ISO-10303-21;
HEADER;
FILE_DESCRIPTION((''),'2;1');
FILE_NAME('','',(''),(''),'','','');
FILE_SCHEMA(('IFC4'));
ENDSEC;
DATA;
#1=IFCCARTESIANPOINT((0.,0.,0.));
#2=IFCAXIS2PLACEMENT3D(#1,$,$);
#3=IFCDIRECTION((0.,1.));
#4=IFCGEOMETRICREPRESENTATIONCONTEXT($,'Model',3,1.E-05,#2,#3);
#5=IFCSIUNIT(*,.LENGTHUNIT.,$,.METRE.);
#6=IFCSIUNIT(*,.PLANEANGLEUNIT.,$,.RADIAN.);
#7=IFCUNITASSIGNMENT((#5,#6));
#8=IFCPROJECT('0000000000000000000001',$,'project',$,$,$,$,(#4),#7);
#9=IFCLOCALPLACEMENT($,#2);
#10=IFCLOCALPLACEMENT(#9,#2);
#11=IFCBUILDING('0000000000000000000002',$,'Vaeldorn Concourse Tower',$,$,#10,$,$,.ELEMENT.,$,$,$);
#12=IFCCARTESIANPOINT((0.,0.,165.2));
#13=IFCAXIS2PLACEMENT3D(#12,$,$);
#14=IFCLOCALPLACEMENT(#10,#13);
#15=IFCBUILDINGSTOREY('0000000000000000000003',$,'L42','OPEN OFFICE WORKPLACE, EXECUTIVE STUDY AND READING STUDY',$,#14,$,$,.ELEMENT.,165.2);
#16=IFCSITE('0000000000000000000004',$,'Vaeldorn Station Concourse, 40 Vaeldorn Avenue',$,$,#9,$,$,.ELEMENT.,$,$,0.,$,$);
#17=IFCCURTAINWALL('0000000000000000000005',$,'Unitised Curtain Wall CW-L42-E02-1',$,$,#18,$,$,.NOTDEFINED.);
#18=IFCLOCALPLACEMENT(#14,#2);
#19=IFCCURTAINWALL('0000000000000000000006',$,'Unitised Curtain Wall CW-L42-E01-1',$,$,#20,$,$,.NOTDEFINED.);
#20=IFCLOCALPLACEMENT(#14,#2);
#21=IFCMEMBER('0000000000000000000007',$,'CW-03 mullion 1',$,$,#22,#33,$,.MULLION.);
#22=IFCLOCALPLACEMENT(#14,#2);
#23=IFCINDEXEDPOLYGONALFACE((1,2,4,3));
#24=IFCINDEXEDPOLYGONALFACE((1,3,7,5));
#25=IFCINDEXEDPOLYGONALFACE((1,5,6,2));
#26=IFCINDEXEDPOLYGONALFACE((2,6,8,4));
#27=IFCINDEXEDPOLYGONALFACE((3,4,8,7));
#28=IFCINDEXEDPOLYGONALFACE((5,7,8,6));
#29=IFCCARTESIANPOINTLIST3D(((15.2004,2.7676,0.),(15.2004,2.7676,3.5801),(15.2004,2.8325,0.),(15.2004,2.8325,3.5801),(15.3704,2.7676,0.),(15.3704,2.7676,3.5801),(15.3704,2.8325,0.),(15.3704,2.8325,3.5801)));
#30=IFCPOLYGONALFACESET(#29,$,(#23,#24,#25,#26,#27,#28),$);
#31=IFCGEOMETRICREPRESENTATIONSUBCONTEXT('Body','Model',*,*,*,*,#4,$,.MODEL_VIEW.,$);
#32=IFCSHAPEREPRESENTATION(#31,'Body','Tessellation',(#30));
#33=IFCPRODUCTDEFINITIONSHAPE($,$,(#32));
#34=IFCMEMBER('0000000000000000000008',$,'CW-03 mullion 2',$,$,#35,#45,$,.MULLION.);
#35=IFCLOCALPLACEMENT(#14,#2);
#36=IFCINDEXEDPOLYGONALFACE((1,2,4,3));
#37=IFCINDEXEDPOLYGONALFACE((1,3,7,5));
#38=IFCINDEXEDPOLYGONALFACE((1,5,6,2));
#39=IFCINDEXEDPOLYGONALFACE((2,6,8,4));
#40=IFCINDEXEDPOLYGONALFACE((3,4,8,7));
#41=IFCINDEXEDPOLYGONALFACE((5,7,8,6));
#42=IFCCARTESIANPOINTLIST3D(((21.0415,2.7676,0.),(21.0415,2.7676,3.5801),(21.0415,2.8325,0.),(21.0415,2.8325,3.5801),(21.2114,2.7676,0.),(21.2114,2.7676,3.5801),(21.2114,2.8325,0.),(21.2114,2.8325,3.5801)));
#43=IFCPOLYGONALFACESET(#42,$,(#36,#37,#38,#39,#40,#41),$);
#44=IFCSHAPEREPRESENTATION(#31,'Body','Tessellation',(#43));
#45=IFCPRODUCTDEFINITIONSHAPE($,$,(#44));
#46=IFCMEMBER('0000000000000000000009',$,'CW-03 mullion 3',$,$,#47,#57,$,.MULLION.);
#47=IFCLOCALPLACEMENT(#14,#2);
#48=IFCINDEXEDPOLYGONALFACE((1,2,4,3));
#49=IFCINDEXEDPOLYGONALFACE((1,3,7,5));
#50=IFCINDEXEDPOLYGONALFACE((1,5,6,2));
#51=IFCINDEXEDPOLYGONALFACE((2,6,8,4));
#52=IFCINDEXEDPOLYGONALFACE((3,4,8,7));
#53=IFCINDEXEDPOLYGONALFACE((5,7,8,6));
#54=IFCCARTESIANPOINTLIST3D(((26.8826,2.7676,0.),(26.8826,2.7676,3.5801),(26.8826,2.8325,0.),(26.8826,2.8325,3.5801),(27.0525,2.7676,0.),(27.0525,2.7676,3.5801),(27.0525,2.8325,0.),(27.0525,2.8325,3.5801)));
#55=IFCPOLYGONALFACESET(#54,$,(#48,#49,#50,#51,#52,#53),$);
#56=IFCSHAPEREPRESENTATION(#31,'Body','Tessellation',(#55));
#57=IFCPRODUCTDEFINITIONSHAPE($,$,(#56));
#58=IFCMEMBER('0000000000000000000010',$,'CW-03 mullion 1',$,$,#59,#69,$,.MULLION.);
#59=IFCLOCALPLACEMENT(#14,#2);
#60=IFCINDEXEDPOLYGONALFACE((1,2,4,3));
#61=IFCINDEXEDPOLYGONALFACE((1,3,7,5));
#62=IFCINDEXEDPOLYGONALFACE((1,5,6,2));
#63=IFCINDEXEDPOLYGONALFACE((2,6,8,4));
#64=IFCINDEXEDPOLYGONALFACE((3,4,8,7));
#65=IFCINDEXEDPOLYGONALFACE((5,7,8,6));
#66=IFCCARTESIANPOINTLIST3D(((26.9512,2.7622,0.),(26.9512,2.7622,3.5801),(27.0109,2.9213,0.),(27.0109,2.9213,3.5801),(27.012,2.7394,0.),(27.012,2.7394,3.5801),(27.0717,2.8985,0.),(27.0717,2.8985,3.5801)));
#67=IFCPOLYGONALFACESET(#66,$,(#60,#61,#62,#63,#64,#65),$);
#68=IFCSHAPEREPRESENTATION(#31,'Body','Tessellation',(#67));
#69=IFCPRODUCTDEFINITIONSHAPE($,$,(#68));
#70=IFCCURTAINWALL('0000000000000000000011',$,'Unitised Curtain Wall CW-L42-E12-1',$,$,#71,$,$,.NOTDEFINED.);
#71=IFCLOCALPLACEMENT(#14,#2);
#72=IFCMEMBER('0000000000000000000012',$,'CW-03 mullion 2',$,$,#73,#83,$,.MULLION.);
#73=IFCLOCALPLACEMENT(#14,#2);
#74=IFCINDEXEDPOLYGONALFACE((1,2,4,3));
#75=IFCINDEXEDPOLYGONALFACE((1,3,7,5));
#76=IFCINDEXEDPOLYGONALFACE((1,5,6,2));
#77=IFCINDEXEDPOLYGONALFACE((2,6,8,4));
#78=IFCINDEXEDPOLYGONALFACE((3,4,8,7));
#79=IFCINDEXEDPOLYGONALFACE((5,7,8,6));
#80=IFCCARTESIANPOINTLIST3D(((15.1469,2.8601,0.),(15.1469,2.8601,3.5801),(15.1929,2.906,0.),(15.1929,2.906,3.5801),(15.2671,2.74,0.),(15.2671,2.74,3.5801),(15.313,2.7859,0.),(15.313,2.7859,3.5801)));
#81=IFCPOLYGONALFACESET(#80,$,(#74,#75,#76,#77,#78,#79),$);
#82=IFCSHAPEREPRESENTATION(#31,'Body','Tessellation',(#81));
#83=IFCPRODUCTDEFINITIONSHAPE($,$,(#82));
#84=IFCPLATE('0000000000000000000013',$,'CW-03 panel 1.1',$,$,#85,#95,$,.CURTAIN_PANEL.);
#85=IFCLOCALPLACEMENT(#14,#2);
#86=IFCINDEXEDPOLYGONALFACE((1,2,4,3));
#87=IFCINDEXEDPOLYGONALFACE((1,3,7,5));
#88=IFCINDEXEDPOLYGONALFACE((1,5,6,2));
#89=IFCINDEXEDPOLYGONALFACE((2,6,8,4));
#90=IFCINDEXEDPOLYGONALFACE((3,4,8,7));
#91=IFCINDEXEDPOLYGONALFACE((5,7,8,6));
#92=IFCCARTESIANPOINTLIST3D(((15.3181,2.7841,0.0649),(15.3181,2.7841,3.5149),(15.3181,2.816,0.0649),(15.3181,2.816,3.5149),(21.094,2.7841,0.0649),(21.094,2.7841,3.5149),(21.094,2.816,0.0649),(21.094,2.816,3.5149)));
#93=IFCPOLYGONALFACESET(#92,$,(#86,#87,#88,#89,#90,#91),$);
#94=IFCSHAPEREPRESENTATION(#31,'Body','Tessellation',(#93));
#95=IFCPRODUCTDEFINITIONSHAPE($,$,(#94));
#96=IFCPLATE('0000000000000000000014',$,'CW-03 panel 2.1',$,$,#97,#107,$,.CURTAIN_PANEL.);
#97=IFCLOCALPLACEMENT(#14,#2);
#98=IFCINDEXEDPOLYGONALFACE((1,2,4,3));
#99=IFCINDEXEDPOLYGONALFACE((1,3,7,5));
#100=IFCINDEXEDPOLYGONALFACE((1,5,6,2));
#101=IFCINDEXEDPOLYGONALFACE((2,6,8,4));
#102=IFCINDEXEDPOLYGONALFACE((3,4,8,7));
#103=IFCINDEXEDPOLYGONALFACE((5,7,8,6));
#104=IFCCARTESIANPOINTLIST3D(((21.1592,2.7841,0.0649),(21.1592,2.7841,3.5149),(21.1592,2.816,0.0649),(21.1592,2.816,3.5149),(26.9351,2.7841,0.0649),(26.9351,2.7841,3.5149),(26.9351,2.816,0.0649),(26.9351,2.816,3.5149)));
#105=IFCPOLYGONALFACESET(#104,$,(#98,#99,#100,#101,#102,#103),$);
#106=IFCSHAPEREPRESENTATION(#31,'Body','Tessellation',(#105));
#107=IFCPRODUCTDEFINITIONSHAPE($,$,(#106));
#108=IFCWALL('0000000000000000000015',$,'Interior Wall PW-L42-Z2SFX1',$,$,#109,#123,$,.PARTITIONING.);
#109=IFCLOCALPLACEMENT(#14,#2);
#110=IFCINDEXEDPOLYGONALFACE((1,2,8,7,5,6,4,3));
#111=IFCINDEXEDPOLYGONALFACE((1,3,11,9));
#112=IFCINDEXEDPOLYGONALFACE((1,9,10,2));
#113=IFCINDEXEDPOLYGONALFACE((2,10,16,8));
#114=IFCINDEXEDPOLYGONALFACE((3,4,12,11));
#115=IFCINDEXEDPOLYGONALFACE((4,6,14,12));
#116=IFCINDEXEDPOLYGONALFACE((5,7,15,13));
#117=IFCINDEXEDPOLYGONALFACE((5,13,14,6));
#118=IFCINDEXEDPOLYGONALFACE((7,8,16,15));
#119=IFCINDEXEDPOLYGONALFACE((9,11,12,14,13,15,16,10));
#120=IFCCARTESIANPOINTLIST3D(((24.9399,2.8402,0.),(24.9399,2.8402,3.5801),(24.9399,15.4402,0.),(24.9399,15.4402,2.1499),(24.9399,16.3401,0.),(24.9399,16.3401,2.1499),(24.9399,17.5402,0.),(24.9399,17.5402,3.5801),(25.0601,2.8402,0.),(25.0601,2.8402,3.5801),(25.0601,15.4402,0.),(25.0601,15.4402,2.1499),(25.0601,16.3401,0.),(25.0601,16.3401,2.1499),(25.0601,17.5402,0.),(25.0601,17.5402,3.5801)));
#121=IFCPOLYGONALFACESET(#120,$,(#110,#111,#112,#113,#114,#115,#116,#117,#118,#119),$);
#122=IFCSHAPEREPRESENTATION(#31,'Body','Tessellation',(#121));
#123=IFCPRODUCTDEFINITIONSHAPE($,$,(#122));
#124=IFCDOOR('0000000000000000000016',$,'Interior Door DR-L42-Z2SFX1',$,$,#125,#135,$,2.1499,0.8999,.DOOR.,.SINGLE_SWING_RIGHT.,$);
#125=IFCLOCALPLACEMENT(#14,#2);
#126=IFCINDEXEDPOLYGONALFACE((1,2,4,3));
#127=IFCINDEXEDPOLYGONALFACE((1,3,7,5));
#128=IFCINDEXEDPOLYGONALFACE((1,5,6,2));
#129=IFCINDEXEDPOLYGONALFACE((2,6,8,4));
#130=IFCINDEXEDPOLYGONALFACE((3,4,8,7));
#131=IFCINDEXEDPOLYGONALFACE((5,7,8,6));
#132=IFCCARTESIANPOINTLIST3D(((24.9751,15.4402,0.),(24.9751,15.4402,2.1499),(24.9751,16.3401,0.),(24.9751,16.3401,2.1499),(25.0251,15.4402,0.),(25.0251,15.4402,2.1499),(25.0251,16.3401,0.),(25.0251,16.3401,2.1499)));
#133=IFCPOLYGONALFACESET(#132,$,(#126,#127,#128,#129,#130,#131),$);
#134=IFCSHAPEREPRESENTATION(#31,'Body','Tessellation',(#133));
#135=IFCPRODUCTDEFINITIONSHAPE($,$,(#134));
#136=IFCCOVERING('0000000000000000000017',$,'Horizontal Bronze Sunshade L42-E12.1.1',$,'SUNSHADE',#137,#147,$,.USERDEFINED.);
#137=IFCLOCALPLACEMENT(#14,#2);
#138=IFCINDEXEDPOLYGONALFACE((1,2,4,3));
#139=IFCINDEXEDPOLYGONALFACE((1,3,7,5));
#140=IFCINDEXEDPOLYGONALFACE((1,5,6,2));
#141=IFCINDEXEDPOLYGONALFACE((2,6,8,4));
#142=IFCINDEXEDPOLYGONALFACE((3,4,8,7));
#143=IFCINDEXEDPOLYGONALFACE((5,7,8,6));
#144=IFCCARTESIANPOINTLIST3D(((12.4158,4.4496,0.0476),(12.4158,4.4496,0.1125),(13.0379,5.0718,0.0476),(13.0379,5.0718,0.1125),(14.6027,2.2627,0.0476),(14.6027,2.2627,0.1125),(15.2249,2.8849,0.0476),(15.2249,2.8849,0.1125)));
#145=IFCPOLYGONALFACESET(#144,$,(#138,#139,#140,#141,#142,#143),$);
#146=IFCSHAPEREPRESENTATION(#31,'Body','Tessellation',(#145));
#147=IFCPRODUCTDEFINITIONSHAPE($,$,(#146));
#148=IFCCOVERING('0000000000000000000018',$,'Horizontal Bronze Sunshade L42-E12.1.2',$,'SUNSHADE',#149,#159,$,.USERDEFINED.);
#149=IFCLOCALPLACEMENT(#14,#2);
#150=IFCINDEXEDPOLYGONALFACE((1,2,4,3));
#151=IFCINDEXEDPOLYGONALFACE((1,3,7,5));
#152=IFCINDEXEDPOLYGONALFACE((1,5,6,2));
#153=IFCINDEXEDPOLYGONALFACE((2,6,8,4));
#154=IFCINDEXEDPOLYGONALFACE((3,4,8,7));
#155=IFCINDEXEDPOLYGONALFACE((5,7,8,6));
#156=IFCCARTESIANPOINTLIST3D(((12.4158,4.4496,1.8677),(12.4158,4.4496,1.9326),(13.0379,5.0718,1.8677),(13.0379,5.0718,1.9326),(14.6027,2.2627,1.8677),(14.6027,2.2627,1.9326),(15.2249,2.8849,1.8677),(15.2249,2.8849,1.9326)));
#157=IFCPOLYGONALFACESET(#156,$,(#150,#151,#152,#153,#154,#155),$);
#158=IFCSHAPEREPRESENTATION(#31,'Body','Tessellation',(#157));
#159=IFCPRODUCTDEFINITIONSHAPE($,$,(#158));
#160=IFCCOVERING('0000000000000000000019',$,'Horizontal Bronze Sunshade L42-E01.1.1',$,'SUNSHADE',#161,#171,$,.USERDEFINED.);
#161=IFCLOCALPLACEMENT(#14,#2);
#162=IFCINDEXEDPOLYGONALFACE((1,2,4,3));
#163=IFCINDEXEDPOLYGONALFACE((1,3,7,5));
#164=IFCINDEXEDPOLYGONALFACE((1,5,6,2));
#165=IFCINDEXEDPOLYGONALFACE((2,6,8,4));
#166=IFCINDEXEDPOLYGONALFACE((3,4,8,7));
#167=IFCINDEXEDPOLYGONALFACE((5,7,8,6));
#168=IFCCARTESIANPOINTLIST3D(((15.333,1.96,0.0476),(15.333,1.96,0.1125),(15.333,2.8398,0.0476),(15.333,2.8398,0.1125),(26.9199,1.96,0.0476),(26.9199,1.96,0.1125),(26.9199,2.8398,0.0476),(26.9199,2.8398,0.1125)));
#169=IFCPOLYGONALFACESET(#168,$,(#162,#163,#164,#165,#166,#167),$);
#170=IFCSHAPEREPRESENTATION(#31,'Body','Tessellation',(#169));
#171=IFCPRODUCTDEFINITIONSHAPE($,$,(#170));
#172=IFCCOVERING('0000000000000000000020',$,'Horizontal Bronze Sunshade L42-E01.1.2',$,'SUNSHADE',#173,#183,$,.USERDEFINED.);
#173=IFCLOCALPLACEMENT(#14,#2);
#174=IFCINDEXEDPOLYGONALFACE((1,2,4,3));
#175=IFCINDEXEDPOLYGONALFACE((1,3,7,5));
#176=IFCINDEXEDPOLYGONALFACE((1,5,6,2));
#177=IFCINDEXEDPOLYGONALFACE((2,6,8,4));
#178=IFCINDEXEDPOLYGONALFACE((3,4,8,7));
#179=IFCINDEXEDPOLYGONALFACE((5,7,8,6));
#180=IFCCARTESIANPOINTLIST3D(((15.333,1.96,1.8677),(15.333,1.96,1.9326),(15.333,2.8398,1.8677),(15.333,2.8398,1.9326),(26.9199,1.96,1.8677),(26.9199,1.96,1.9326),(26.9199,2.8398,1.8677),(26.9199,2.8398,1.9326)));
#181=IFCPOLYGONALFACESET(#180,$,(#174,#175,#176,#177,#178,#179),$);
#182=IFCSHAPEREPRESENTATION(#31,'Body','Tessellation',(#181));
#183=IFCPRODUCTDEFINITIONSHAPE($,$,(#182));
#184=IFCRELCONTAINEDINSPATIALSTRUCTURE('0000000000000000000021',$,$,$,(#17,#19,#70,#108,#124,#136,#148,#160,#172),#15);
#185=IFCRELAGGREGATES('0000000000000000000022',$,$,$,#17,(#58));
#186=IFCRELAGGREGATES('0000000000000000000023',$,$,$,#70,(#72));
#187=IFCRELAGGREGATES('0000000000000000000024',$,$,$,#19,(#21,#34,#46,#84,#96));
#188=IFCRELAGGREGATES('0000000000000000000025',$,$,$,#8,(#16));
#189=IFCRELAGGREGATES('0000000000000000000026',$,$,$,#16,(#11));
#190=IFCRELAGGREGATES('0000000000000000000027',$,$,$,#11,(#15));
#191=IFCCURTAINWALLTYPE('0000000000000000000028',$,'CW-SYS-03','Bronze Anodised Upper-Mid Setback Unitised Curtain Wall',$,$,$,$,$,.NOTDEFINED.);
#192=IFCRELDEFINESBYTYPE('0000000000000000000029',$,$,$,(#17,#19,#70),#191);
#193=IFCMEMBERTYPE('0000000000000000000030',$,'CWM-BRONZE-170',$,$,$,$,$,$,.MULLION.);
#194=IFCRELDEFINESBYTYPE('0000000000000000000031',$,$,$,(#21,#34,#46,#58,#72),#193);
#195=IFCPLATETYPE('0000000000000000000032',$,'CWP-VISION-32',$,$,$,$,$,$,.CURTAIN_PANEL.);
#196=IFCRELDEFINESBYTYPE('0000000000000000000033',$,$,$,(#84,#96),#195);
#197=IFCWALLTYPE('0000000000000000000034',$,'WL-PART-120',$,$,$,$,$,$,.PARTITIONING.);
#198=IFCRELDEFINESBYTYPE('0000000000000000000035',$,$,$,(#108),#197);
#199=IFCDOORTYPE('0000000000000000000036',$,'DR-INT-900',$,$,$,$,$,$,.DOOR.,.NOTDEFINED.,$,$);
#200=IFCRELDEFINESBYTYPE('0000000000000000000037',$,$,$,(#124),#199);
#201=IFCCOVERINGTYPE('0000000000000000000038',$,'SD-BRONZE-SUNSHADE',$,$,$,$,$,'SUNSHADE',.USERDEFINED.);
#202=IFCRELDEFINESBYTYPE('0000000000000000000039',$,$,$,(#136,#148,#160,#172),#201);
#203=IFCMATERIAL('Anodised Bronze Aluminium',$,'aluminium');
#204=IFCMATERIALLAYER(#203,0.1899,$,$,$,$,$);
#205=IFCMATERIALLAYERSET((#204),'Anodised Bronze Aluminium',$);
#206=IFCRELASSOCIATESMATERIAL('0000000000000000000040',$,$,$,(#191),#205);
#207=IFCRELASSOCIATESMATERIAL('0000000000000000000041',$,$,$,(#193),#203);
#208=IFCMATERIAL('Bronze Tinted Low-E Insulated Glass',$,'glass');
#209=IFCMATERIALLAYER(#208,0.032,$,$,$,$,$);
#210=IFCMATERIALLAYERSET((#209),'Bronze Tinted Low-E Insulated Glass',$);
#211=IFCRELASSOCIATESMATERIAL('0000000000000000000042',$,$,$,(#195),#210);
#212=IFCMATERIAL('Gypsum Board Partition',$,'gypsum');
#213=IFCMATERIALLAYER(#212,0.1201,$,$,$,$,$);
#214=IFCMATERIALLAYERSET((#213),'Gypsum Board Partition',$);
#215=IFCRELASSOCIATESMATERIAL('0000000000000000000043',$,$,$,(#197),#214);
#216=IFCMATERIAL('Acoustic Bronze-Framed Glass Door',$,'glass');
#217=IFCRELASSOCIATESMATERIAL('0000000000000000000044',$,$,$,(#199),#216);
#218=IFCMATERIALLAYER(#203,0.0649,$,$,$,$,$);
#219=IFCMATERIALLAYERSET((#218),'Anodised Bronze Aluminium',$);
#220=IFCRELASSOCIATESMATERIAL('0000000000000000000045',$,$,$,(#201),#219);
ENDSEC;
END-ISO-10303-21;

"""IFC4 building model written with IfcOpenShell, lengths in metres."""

from ifc_helpers import new_model, si_unit, direction, frame, frame_2d, origin, origin_2d, place, context, subcontext, project, spatial, rectangle, extrude, source, transform, mapped, material, layer, layer_set, material_profile, profile_set, type_object, element, fill, aggregate, save


model = new_model("IFC4")

# Units and contexts
model_context = context("Model", 3, precision=1e-05, world=origin(), true_north=direction((0.0, 1.0)))
body_context = subcontext(model_context, "Body", "Model", "MODEL_VIEW")
ifc_project = project(units=[si_unit("LENGTHUNIT", "METRE"), si_unit("PLANEANGLEUNIT", "RADIAN")], contexts=[model_context])

# Site, building, storey
site_placement = place(None, origin())
site = spatial("IfcSite", under=ifc_project, at=site_placement, Name="Vaeldorn Station Concourse, 40 Vaeldorn Avenue", CompositionType="ELEMENT", RefElevation=0.0)
building_placement = place(site_placement, origin())
building = spatial("IfcBuilding", under=site, at=building_placement, Name="Vaeldorn Concourse Tower", CompositionType="ELEMENT")
storey_placement = place(building_placement, frame((0.0, 0.0, 165.2)))
storey = spatial("IfcBuildingStorey", under=building, at=storey_placement, Name="L42", Description="OPEN OFFICE WORKPLACE, EXECUTIVE STUDY AND READING STUDY", CompositionType="ELEMENT", Elevation=165.2)

# Curtain walls, members
ifc_material_1 = material(Name="Anodised Bronze Aluminium", Category="aluminium")
ifc_layer_1 = layer(ifc_material_1, 0.1899)
ifc_layer_set_1 = layer_set([ifc_layer_1], Name="Anodised Bronze Aluminium")
curtain_wall_type = type_object("IfcCurtainWallType", Name="CW-SYS-03", Description="Bronze Anodised Upper-Mid Setback Unitised Curtain Wall", PredefinedType="NOTDEFINED", material=ifc_layer_set_1)
curtain_wall_1_placement = place(storey_placement, origin())
curtain_wall_1 = element("IfcCurtainWall", 1, at=curtain_wall_1_placement, inside=storey, type_object=curtain_wall_type, Name="Unitised Curtain Wall CW-L42-E02-1", PredefinedType="NOTDEFINED")
curtain_wall_2_placement = place(storey_placement, origin())
curtain_wall_2 = element("IfcCurtainWall", 2, at=curtain_wall_2_placement, inside=storey, type_object=curtain_wall_type, Name="Unitised Curtain Wall CW-L42-E01-1", PredefinedType="NOTDEFINED")
ifc_material_profile_1 = material_profile(ifc_material_1, rectangle(XDim=0.0649, YDim=0.1699, at=origin_2d()), Name="CWM 65x170")
ifc_profile_set_1 = profile_set([ifc_material_profile_1], Name="Anodised Bronze Aluminium")
member_type_1 = type_object("IfcMemberType", Name="CWM-BRONZE-170", PredefinedType="MULLION", material=ifc_profile_set_1)
shared_shape_1 = source(origin(), body_context, "Body", "SweptSolid", [
    extrude(rectangle(XDim=0.0649, YDim=0.1699, at=origin_2d()), origin(), (0.0, 0.0, 1.0), 3.5801),
])
member_1_placement = place(storey_placement, frame((15.2854, 2.8, 0.0), z_axis=(0.0, 0.0, 1.0), x_axis=(0.0, 1.0, 0.0)))
member_1 = element("IfcMember", 3, at=member_1_placement, type_object=member_type_1, Name="CW-03 mullion 1", PredefinedType="MULLION", context=body_context, shape_type="MappedRepresentation", body=[
    mapped(shared_shape_1, transform((0.0, 0.0, 0.0), scale=1.0)),
])
member_2_placement = place(storey_placement, frame((21.1265, 2.8, 0.0), z_axis=(0.0, 0.0, 1.0), x_axis=(0.0, 1.0, 0.0)))
member_2 = element("IfcMember", 4, at=member_2_placement, type_object=member_type_1, Name="CW-03 mullion 2", PredefinedType="MULLION", context=body_context, shape_type="MappedRepresentation", body=[
    mapped(shared_shape_1, transform((0.0, 0.0, 0.0), scale=1.0)),
])
member_3_placement = place(storey_placement, frame((26.9675, 2.8, 0.0), z_axis=(0.0, 0.0, 1.0), x_axis=(0.0, 1.0, 0.0)))
member_3 = element("IfcMember", 5, at=member_3_placement, type_object=member_type_1, Name="CW-03 mullion 3", PredefinedType="MULLION", context=body_context, shape_type="MappedRepresentation", body=[
    mapped(shared_shape_1, transform((0.0, 0.0, 0.0), scale=1.0)),
])

# Member
member_4_placement = place(storey_placement, frame((27.0115, 2.8303, 0.0), z_axis=(0.0, 0.0, 1.0), x_axis=(-0.936329, 0.351123, 0.0)))
member_4 = element("IfcMember", 6, at=member_4_placement, type_object=member_type_1, Name="CW-03 mullion 1", PredefinedType="MULLION", context=body_context, shape_type="MappedRepresentation", body=[
    mapped(shared_shape_1, transform((0.0, 0.0, 0.0), scale=1.0)),
])
aggregate(curtain_wall_1, [member_4])

# Curtain wall, member
curtain_wall_3_placement = place(storey_placement, origin())
curtain_wall_3 = element("IfcCurtainWall", 7, at=curtain_wall_3_placement, inside=storey, type_object=curtain_wall_type, Name="Unitised Curtain Wall CW-L42-E12-1", PredefinedType="NOTDEFINED")
member_5_placement = place(storey_placement, frame((15.23, 2.823, 0.0), z_axis=(0.0, 0.0, 1.0), x_axis=(0.707107, 0.707107, 0.0)))
member_5 = element("IfcMember", 8, at=member_5_placement, type_object=member_type_1, Name="CW-03 mullion 2", PredefinedType="MULLION", context=body_context, shape_type="MappedRepresentation", body=[
    mapped(shared_shape_1, transform((0.0, 0.0, 0.0), scale=1.0)),
])
aggregate(curtain_wall_3, [member_5])

# Plates
ifc_material_2 = material(Name="Bronze Tinted Low-E Insulated Glass", Category="glass")
ifc_layer_2 = layer(ifc_material_2, 0.032)
ifc_layer_set_2 = layer_set([ifc_layer_2], Name="Bronze Tinted Low-E Insulated Glass")
plate_type = type_object("IfcPlateType", Name="CWP-VISION-32", PredefinedType="CURTAIN_PANEL", material=ifc_layer_set_2)
shared_shape_2 = source(origin(), body_context, "Body", "SweptSolid", [
    extrude(rectangle(XDim=5.7759, YDim=0.032, at=origin_2d()), origin(), (0.0, 0.0, 1.0), 3.45),
])
plate_1_placement = place(storey_placement, frame((18.2061, 2.8, 0.0649), z_axis=(0.0, 0.0, 1.0), x_axis=(1.0, 0.0, 0.0)))
plate_1 = element("IfcPlate", 9, at=plate_1_placement, type_object=plate_type, Name="CW-03 panel 1.1", PredefinedType="CURTAIN_PANEL", context=body_context, shape_type="MappedRepresentation", body=[
    mapped(shared_shape_2, transform((0.0, 0.0, 0.0), scale=1.0)),
])
plate_2_placement = place(storey_placement, frame((24.0471, 2.8, 0.0649), z_axis=(0.0, 0.0, 1.0), x_axis=(1.0, 0.0, 0.0)))
plate_2 = element("IfcPlate", 10, at=plate_2_placement, type_object=plate_type, Name="CW-03 panel 2.1", PredefinedType="CURTAIN_PANEL", context=body_context, shape_type="MappedRepresentation", body=[
    mapped(shared_shape_2, transform((0.0, 0.0, 0.0), scale=1.0)),
])
aggregate(curtain_wall_2, [member_1, member_2, member_3, plate_1, plate_2])

# Wall, opening, door
ifc_material_3 = material(Name="Gypsum Board Partition", Category="gypsum")
ifc_layer_3 = layer(ifc_material_3, 0.1201)
ifc_layer_set_3 = layer_set([ifc_layer_3], Name="Gypsum Board Partition")
wall_type = type_object("IfcWallType", Name="WL-PART-120", PredefinedType="PARTITIONING", material=ifc_layer_set_3)
wall_placement = place(storey_placement, frame((25.0, 2.8401, 0.0), z_axis=(0.0, 0.0, 1.0), x_axis=(0.0, 1.0, 0.0)))
wall = element("IfcWall", 11, at=wall_placement, inside=storey, type_object=wall_type, Name="Interior Wall PW-L42-Z2SFX1", PredefinedType="PARTITIONING", context=body_context, shape_type="SweptSolid", body=[
    extrude(rectangle(XDim=14.7, YDim=0.1201, at=frame_2d((7.3501, 0.0))), origin(), (0.0, 0.0, 1.0), 3.5801),
])
opening_placement = place(wall_placement, frame((12.6001, 0.0, 0.0)))
opening = element("IfcOpeningElement", 12, at=opening_placement, cuts=wall, PredefinedType="OPENING", context=body_context, shape_type="SweptSolid", body=[
    extrude(rectangle(XDim=0.8999, YDim=2.1499, at=frame_2d((0.45, 1.075))), frame((0.0, 0.0701, 0.0), z_axis=(0.0, -1.0, 0.0), x_axis=(1.0, 0.0, 0.0)), (0.0, 0.0, 1.0), 0.1401),
])
ifc_material_4 = material(Name="Acoustic Bronze-Framed Glass Door", Category="glass")
door_type = type_object("IfcDoorType", Name="DR-INT-900", OperationType="NOTDEFINED", PredefinedType="DOOR", material=ifc_material_4)
shared_shape_3 = source(origin(), body_context, "Body", "SweptSolid", [
    extrude(rectangle(XDim=0.8999, YDim=2.1499, at=frame_2d((0.45, 1.075))), frame((0.0, 0.0249, 0.0), z_axis=(0.0, -1.0, 0.0), x_axis=(1.0, 0.0, 0.0)), (0.0, 0.0, 1.0), 0.05),
])
door_placement = place(opening_placement, origin())
door = element("IfcDoor", 13, at=door_placement, inside=storey, type_object=door_type, Name="Interior Door DR-L42-Z2SFX1", OperationType="SINGLE_SWING_RIGHT", OverallHeight=2.1499, OverallWidth=0.8999, PredefinedType="DOOR", context=body_context, shape_type="MappedRepresentation", body=[
    mapped(shared_shape_3, transform((0.0, 0.0, 0.0), scale=1.0)),
])
fill(opening, door)

# Coverings
ifc_layer_4 = layer(ifc_material_1, 0.0649)
ifc_layer_set_4 = layer_set([ifc_layer_4], Name="Anodised Bronze Aluminium")
covering_type = type_object("IfcCoveringType", Name="SD-BRONZE-SUNSHADE", ElementType="SUNSHADE", PredefinedType="USERDEFINED", material=ifc_layer_set_4)
shared_shape_4 = source(origin(), body_context, "Body", "SweptSolid", [
    extrude(rectangle(XDim=3.0928, YDim=0.8799, at=origin_2d()), origin(), (0.0, 0.0, 1.0), 0.0649),
])
for number, where, z_axis, x_axis, name in (
    (14, (13.8203, 3.6672, 0.0476), (0.0, 0.0, 1.0), (0.707107, -0.707107, 0.0), "Horizontal Bronze Sunshade L42-E12.1.1"),
    (15, (13.8203, 3.6672, 1.8677), (0.0, 0.0, 1.0), (0.707107, -0.707107, 0.0), "Horizontal Bronze Sunshade L42-E12.1.2"),
):
    element("IfcCovering", number, at=place(storey_placement, frame(where, z_axis=z_axis, x_axis=x_axis)), inside=storey, type_object=covering_type, Name=name, ObjectType="SUNSHADE", PredefinedType="USERDEFINED", context=body_context, shape_type="MappedRepresentation", body=[
        mapped(shared_shape_4, transform((0.0, 0.0, 0.0), scale=1.0)),
    ])
shared_shape_5 = source(origin(), body_context, "Body", "SweptSolid", [
    extrude(rectangle(XDim=11.5869, YDim=0.8799, at=origin_2d()), origin(), (0.0, 0.0, 1.0), 0.0649),
])
for number, where, z_axis, x_axis, name in (
    (16, (21.1265, 2.3999, 0.0476), (0.0, 0.0, 1.0), (1.0, 0.0, 0.0), "Horizontal Bronze Sunshade L42-E01.1.1"),
    (17, (21.1265, 2.3999, 1.8677), (0.0, 0.0, 1.0), (1.0, 0.0, 0.0), "Horizontal Bronze Sunshade L42-E01.1.2"),
):
    element("IfcCovering", number, at=place(storey_placement, frame(where, z_axis=z_axis, x_axis=x_axis)), inside=storey, type_object=covering_type, Name=name, ObjectType="SUNSHADE", PredefinedType="USERDEFINED", context=body_context, shape_type="MappedRepresentation", body=[
        mapped(shared_shape_5, transform((0.0, 0.0, 0.0), scale=1.0)),
    ])

save(model, "model.ifc")
